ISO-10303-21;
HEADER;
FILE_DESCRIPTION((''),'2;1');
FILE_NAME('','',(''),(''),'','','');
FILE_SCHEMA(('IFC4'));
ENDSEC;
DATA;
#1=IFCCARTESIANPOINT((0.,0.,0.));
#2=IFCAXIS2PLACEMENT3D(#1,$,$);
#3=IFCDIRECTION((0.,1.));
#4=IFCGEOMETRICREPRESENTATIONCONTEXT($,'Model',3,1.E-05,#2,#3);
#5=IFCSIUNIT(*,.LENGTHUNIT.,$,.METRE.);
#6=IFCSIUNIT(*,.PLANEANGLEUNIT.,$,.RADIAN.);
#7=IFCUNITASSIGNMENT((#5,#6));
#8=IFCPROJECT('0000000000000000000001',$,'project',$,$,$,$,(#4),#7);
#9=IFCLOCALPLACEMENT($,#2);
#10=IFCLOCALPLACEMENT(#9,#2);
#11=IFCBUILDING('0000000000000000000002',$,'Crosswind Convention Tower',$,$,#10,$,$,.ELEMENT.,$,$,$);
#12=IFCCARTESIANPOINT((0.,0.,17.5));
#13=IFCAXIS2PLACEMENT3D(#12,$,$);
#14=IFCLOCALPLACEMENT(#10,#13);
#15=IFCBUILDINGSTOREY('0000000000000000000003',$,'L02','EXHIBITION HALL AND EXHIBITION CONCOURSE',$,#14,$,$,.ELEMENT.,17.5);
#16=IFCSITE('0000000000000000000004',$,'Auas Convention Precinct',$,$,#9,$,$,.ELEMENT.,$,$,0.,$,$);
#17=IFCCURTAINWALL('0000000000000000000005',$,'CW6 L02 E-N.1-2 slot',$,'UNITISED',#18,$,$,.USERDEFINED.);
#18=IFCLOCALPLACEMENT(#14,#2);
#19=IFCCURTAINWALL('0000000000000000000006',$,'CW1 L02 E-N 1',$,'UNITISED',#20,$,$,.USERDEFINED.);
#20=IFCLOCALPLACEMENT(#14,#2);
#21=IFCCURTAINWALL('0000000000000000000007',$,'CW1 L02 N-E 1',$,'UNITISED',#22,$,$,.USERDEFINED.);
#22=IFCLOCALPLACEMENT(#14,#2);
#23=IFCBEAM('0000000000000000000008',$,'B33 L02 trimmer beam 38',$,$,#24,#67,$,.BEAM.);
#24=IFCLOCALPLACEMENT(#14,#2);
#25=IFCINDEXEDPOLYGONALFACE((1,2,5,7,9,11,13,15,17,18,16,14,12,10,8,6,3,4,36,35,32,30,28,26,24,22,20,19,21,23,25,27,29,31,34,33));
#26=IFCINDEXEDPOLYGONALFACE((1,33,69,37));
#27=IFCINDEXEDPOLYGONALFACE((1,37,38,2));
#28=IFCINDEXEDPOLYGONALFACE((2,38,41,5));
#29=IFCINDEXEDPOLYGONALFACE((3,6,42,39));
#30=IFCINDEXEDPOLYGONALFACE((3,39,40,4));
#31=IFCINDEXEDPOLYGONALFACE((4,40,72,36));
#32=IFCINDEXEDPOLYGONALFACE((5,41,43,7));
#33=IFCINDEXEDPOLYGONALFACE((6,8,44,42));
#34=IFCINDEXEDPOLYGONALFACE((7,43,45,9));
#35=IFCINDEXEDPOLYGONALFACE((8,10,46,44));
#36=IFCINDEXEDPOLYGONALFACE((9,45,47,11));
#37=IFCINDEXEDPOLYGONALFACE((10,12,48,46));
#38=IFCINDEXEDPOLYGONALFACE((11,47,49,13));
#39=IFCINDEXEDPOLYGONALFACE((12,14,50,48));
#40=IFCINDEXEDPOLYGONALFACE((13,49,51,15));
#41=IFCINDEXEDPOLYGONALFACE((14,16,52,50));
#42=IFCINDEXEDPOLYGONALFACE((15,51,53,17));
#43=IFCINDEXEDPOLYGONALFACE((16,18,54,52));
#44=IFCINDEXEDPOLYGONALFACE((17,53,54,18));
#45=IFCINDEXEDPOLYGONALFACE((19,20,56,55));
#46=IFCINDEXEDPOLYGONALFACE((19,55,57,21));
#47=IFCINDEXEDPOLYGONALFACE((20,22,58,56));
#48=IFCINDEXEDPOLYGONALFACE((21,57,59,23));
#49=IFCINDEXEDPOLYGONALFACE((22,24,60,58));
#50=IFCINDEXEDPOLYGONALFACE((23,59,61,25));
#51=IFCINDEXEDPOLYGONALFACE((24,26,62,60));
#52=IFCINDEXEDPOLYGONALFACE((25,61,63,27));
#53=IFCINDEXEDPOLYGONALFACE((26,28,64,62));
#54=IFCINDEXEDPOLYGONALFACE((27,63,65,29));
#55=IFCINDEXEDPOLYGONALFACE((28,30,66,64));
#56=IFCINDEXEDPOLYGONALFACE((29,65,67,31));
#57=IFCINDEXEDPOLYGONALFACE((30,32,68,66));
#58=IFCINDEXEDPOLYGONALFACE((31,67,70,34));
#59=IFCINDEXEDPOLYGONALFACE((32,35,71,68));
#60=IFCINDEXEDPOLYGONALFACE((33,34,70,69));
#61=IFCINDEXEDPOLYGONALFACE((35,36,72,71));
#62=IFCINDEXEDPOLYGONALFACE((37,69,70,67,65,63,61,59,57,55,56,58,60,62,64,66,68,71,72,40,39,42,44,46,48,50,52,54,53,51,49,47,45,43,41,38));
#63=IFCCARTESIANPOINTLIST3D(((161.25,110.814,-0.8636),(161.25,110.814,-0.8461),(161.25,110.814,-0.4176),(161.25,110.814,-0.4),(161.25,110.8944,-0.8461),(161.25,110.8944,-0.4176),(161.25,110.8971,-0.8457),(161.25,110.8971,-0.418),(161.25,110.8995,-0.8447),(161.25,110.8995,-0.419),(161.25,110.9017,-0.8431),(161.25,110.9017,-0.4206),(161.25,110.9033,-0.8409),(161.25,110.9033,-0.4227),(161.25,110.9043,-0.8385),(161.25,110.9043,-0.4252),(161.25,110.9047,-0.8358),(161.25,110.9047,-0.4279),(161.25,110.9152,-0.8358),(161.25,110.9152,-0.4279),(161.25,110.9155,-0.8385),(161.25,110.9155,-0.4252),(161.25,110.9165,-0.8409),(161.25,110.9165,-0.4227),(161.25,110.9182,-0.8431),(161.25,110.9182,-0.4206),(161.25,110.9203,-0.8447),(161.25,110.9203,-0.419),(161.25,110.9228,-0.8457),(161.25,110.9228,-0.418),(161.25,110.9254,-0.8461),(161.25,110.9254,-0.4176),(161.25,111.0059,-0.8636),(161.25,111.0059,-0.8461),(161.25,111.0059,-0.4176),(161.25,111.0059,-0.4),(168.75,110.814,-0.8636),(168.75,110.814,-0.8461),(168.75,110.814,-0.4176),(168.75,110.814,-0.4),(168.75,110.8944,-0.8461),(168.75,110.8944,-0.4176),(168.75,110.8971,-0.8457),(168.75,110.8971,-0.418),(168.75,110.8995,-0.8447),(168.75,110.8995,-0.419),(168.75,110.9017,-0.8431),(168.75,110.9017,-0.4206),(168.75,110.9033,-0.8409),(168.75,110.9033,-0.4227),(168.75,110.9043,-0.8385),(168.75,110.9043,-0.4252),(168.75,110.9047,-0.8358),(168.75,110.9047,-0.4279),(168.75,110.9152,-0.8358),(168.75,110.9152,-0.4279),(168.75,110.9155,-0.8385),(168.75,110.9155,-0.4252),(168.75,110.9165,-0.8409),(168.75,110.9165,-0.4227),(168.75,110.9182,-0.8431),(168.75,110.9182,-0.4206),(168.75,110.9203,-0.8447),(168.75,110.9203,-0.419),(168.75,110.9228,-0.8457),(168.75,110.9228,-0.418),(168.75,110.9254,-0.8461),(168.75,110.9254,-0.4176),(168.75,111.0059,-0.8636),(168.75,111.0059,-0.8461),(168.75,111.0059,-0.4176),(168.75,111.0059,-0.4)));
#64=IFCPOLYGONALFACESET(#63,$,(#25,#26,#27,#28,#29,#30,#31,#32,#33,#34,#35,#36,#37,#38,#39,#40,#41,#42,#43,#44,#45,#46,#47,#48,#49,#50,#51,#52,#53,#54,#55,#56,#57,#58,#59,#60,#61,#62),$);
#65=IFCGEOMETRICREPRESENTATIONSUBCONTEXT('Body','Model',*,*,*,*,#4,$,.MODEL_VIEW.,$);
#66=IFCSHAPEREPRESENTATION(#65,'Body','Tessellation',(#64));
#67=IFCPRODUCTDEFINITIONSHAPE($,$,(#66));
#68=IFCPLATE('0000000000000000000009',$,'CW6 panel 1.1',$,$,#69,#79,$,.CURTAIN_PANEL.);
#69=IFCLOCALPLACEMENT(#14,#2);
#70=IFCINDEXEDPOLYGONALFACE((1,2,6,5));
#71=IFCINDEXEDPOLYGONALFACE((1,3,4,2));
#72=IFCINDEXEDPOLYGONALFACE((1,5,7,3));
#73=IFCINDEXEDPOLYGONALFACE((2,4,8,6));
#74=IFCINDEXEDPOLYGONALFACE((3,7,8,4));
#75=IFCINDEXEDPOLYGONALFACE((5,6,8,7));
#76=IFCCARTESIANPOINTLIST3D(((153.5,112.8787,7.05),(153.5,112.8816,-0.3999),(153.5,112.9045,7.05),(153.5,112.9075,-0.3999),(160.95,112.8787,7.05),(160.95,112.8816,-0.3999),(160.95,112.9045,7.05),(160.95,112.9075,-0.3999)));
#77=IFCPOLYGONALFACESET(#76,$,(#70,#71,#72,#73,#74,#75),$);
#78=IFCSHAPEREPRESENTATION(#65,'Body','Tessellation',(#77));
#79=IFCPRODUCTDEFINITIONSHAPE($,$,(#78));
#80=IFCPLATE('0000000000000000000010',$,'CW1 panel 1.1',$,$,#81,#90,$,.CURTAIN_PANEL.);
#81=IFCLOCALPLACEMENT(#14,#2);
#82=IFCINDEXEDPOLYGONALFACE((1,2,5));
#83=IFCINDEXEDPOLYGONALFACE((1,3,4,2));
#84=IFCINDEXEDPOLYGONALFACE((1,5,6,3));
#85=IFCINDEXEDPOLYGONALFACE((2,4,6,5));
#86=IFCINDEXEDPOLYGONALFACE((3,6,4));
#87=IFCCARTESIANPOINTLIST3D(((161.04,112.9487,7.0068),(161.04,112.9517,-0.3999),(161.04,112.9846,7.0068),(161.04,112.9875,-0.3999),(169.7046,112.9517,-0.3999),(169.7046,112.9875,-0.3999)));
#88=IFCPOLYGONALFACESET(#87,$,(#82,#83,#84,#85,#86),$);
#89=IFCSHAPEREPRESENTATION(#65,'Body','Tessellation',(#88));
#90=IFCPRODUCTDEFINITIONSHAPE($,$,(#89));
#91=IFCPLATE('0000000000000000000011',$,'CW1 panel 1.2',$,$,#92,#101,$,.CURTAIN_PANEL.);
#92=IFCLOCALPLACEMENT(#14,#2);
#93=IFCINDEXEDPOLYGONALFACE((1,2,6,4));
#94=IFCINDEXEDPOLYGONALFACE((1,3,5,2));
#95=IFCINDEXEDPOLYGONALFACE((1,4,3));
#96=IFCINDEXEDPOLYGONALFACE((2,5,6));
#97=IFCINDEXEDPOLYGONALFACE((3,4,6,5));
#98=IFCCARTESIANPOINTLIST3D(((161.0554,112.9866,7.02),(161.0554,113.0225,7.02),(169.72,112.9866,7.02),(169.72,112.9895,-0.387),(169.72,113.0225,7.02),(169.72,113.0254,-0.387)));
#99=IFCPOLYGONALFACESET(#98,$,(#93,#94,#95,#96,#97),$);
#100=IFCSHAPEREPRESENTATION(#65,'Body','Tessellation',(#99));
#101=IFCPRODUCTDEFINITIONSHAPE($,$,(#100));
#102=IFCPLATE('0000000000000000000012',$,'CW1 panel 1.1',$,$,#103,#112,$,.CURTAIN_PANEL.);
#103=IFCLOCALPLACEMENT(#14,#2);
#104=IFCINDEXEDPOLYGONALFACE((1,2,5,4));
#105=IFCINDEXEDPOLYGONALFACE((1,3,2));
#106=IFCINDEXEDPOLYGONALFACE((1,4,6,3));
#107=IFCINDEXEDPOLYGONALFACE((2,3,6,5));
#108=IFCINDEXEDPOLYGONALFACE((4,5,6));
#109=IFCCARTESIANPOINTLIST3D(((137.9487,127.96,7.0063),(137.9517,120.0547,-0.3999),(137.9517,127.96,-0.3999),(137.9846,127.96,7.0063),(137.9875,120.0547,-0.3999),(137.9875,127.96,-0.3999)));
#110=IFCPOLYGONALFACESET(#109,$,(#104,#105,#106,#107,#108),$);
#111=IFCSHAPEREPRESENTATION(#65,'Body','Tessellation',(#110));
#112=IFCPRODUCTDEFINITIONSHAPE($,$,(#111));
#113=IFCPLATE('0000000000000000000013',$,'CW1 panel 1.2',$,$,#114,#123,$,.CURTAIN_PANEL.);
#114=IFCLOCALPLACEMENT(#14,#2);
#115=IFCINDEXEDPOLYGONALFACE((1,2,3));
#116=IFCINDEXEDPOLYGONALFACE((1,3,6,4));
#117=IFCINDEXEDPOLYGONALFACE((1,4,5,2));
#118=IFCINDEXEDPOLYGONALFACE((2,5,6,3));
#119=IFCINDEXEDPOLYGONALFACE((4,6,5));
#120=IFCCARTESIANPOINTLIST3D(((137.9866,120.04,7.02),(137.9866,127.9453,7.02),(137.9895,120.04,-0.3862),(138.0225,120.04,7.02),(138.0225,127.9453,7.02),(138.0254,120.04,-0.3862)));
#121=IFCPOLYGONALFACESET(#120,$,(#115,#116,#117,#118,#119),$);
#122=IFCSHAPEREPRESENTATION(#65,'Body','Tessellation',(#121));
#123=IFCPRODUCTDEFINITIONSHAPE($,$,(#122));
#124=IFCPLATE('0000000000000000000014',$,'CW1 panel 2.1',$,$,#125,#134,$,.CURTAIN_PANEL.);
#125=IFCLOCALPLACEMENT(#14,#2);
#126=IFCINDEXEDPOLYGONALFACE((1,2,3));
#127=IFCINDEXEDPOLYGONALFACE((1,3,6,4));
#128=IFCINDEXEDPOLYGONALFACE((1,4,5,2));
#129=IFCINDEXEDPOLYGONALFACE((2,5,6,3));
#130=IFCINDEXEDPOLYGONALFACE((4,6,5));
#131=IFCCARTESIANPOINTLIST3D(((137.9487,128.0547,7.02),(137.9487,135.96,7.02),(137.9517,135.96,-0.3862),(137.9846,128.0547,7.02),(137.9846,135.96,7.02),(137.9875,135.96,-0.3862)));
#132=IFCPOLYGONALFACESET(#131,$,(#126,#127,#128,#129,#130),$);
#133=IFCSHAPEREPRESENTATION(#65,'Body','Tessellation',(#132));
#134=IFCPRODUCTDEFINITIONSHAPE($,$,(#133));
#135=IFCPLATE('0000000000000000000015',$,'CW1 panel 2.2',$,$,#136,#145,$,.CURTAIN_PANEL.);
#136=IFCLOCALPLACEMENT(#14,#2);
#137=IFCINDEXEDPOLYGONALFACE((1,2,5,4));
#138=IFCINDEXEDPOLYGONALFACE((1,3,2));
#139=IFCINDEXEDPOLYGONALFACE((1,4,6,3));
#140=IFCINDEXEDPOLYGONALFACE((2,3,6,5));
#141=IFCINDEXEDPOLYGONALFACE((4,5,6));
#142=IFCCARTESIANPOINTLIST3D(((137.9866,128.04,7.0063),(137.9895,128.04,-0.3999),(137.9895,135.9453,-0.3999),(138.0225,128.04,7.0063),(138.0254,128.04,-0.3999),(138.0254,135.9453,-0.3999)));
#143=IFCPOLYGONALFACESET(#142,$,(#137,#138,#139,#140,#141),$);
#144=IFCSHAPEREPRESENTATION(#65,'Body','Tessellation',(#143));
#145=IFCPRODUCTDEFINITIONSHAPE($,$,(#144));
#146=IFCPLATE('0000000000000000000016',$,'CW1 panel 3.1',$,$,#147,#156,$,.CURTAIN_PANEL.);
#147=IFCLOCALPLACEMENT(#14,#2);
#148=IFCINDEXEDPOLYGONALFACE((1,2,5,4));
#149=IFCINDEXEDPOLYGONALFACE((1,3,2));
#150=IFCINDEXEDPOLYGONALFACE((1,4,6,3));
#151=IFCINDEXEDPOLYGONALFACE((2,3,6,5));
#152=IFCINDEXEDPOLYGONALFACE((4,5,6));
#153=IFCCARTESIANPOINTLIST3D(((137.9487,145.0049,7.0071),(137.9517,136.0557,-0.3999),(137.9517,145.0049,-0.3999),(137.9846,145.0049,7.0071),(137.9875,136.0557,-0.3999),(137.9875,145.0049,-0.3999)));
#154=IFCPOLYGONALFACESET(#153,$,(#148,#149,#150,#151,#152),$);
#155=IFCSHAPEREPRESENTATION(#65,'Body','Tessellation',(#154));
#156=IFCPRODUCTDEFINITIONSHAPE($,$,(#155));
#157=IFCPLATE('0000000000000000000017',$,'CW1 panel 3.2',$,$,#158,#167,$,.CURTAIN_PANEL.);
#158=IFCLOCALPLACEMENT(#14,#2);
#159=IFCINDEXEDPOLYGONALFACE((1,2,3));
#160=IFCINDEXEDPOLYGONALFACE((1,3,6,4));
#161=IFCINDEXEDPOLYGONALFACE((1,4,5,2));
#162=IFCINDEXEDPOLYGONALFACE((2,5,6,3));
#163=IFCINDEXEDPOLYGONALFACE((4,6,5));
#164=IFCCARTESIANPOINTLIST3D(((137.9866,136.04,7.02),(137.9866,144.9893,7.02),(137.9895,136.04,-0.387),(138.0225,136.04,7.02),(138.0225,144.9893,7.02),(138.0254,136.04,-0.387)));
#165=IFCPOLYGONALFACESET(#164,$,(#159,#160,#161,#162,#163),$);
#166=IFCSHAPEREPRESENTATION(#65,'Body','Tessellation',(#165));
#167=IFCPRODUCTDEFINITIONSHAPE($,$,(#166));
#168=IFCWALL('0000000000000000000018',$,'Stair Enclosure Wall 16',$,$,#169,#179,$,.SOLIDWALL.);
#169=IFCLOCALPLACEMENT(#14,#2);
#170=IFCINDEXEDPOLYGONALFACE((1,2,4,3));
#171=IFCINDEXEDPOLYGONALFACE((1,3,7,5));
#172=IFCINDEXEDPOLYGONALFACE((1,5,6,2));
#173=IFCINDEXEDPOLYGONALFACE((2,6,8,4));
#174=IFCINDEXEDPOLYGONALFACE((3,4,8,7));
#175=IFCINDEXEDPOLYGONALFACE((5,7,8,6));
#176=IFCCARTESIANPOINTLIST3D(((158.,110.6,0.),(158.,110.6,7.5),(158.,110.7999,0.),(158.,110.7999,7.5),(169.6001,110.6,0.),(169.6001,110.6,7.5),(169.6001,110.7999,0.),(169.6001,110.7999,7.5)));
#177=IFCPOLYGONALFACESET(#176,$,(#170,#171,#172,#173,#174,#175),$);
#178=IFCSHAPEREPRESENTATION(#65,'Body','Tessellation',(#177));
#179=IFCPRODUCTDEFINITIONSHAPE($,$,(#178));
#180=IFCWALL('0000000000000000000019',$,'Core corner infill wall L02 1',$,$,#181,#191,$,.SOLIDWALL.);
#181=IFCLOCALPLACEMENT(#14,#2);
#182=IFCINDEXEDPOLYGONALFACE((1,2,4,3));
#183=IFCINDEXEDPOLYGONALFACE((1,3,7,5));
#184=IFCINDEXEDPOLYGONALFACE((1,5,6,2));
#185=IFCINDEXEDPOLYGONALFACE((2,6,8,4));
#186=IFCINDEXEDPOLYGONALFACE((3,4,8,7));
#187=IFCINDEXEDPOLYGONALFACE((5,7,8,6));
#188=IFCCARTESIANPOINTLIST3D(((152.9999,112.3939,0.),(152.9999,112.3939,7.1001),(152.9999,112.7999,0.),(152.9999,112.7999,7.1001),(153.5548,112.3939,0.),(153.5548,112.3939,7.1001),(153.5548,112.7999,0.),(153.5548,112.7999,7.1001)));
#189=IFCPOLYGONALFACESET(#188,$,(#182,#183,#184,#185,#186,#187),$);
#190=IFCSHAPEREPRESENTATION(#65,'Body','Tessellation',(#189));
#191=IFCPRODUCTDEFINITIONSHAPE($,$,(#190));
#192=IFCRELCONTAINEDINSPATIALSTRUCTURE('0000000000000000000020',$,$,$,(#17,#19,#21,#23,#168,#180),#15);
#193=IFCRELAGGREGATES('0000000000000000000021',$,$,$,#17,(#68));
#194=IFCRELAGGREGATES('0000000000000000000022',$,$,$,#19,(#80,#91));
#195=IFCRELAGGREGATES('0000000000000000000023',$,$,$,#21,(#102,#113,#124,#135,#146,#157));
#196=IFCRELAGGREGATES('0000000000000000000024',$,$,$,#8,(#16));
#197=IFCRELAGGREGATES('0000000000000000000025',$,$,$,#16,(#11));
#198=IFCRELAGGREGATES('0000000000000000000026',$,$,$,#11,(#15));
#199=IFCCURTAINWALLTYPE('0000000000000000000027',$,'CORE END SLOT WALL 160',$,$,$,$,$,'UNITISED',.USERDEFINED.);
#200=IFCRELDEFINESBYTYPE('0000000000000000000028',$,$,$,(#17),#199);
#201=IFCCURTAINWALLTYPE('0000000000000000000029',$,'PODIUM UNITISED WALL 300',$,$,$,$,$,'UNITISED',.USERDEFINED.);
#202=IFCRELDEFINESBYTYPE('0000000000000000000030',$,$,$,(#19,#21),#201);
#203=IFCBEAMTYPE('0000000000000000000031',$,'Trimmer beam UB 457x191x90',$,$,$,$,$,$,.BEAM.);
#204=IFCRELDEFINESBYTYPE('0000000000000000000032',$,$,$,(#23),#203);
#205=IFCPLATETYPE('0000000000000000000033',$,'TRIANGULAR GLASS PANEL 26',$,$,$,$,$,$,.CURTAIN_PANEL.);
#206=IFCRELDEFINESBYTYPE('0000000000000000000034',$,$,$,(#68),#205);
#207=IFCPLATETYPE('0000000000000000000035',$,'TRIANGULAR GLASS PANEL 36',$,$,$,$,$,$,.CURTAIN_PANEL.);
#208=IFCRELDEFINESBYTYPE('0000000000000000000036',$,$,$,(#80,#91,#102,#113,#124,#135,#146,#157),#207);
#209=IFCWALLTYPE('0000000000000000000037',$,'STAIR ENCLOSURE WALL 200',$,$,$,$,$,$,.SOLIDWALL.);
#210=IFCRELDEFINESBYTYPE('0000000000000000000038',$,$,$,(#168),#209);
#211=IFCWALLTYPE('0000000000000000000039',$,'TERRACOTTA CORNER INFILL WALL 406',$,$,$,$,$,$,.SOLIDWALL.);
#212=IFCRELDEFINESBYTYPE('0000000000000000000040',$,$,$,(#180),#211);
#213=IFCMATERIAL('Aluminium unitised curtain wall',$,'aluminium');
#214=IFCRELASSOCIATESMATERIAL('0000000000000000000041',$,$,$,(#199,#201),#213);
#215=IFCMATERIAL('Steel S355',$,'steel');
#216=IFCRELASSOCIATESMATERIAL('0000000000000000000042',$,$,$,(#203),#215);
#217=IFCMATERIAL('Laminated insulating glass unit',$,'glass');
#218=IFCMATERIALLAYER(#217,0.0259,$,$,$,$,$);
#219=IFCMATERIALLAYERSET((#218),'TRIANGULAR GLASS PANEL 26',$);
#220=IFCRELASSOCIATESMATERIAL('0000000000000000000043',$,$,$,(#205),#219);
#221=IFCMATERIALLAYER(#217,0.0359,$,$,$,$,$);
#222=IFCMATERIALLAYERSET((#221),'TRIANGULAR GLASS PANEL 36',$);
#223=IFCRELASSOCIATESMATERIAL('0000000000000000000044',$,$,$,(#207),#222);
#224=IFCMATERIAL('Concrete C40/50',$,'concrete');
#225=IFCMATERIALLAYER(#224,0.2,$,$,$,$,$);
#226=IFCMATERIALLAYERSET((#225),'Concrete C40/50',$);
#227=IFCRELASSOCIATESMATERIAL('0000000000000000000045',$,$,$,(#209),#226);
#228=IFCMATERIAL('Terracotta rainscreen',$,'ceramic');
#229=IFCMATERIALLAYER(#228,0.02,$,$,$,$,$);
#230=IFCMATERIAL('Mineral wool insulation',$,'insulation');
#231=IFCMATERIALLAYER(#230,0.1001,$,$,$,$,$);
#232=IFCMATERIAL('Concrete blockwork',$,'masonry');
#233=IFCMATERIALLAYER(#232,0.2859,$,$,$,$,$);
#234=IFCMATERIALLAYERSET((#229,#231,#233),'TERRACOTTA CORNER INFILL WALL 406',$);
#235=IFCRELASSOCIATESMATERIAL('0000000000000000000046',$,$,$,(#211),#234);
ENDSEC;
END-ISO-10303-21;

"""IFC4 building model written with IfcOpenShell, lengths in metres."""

from ifc_helpers import new_model, si_unit, direction, frame, frame_2d, origin, origin_2d, place, context, subcontext, project, spatial, polyline, rectangle, i_section, outline, extrude, material, layer, layer_set, material_profile, profile_set, type_object, element, aggregate, save


model = new_model("IFC4")

# Units and contexts
model_context = context("Model", 3, precision=1e-05, world=origin(), true_north=direction((0.0, 1.0)))
body_context = subcontext(model_context, "Body", "Model", "MODEL_VIEW")
ifc_project = project(units=[si_unit("LENGTHUNIT", "METRE"), si_unit("PLANEANGLEUNIT", "RADIAN")], contexts=[model_context])

# Site, building, storey
site_placement = place(None, origin())
site = spatial("IfcSite", under=ifc_project, at=site_placement, Name="Auas Convention Precinct", CompositionType="ELEMENT", RefElevation=0.0)
building_placement = place(site_placement, origin())
building = spatial("IfcBuilding", under=site, at=building_placement, Name="Crosswind Convention Tower", CompositionType="ELEMENT")
storey_placement = place(building_placement, frame((0.0, 0.0, 17.5)))
storey = spatial("IfcBuildingStorey", under=building, at=storey_placement, Name="L02", Description="EXHIBITION HALL AND EXHIBITION CONCOURSE", CompositionType="ELEMENT", Elevation=17.5)

# Shared definitions
ifc_material_1 = material(Name="Steel S355", Category="steel")

# Curtain walls
ifc_material_2 = material(Name="Aluminium unitised curtain wall", Category="aluminium")
curtain_wall_type_1 = type_object("IfcCurtainWallType", Name="CORE END SLOT WALL 160", ElementType="UNITISED", PredefinedType="USERDEFINED", material=ifc_material_2)
curtain_wall_1_placement = place(storey_placement, origin())
curtain_wall_1 = element("IfcCurtainWall", 1, at=curtain_wall_1_placement, inside=storey, type_object=curtain_wall_type_1, Name="CW6 L02 E-N.1-2 slot", ObjectType="UNITISED", PredefinedType="USERDEFINED")
curtain_wall_type_2 = type_object("IfcCurtainWallType", Name="PODIUM UNITISED WALL 300", ElementType="UNITISED", PredefinedType="USERDEFINED", material=ifc_material_2)
curtain_wall_2_placement = place(storey_placement, origin())
curtain_wall_2 = element("IfcCurtainWall", 2, at=curtain_wall_2_placement, inside=storey, type_object=curtain_wall_type_2, Name="CW1 L02 E-N 1", ObjectType="UNITISED", PredefinedType="USERDEFINED")
curtain_wall_3_placement = place(storey_placement, origin())
curtain_wall_3 = element("IfcCurtainWall", 3, at=curtain_wall_3_placement, inside=storey, type_object=curtain_wall_type_2, Name="CW1 L02 N-E 1", ObjectType="UNITISED", PredefinedType="USERDEFINED")

# Beam
ifc_material_profile_1 = material_profile(ifc_material_1, i_section(OverallWidth=0.1919, OverallDepth=0.4636, WebThickness=0.0105, FlangeThickness=0.0176, FilletRadius=0.0103, at=origin_2d()), Name="UB 457x191x90")
ifc_profile_set_1 = profile_set([ifc_material_profile_1], Name="Steel S355")
beam_type_1 = type_object("IfcBeamType", Name="Trimmer beam UB 457x191x90", PredefinedType="BEAM", material=ifc_profile_set_1)
beam_1_placement = place(storey_placement, frame((161.25, 110.9099, -0.6318), z_axis=(1.0, 0.0, 0.0), x_axis=(0.0, 1.0, 0.0)))
element("IfcBeam", 4, at=beam_1_placement, inside=storey, type_object=beam_type_1, Name="B33 L02 trimmer beam 38", PredefinedType="BEAM", context=body_context, shape_type="SweptSolid", body=[
    extrude(i_section(OverallWidth=0.1919, OverallDepth=0.4636, WebThickness=0.0105, FlangeThickness=0.0176, FilletRadius=0.0103, at=origin_2d()), origin(), (0.0, 0.0, 1.0), 7.5),
])

# Plates
ifc_material_3 = material(Name="Laminated insulating glass unit", Category="glass")
ifc_layer_1 = layer(ifc_material_3, 0.0259)
ifc_layer_set_1 = layer_set([ifc_layer_1], Name="TRIANGULAR GLASS PANEL 26")
plate_type_1 = type_object("IfcPlateType", Name="TRIANGULAR GLASS PANEL 26", PredefinedType="CURTAIN_PANEL", material=ifc_layer_set_1)
plate_1_placement = place(storey_placement, frame((160.95, 112.9075, -0.3999), z_axis=(0.0, 1.0, 0.000393), x_axis=(-1.0, 0.0, 0.0)))
plate_1 = element("IfcPlate", 5, at=plate_1_placement, type_object=plate_type_1, Name="CW6 panel 1.1", PredefinedType="CURTAIN_PANEL", context=body_context, shape_type="SweptSolid", body=[
    extrude(outline(polyline([(0.0, 0.0), (7.45, 0.0), (7.45, 7.45), (0.0, 7.45), (0.0, 0.0)])), origin(), (0.0, 0.0, -1.0), 0.0259),
])
aggregate(curtain_wall_1, [plate_1])
ifc_layer_2 = layer(ifc_material_3, 0.0359)
ifc_layer_set_2 = layer_set([ifc_layer_2], Name="TRIANGULAR GLASS PANEL 36")
plate_type_2 = type_object("IfcPlateType", Name="TRIANGULAR GLASS PANEL 36", PredefinedType="CURTAIN_PANEL", material=ifc_layer_set_2)
plate_2_placement = place(storey_placement, frame((161.04, 112.9875, -0.3999), z_axis=(0.0, 1.0, 0.000396), x_axis=(0.0, -0.000396, 1.0)))
plate_2 = element("IfcPlate", 6, at=plate_2_placement, type_object=plate_type_2, Name="CW1 panel 1.1", PredefinedType="CURTAIN_PANEL", context=body_context, shape_type="SweptSolid", body=[
    extrude(outline(polyline([(0.0, 0.0), (7.4067, 0.0), (0.0, 8.6646), (0.0, 0.0)])), origin(), (0.0, 0.0, -1.0), 0.0359),
])
plate_3_placement = place(storey_placement, frame((169.72, 113.0225, 7.02), z_axis=(0.0, 1.0, 0.000396), x_axis=(0.0, 0.000396, -1.0)))
plate_3 = element("IfcPlate", 7, at=plate_3_placement, type_object=plate_type_2, Name="CW1 panel 1.2", PredefinedType="CURTAIN_PANEL", context=body_context, shape_type="SweptSolid", body=[
    extrude(outline(polyline([(0.0, 0.0), (7.407, 0.0), (0.0, 8.6646), (0.0, 0.0)])), origin(), (0.0, 0.0, -1.0), 0.0359),
])
plate_4_placement = place(storey_placement, frame((137.9875, 127.96, -0.3999), z_axis=(1.0, 0.0, 0.000396), x_axis=(-0.000396, 0.0, 1.0)))
plate_4 = element("IfcPlate", 8, at=plate_4_placement, type_object=plate_type_2, Name="CW1 panel 1.1", PredefinedType="CURTAIN_PANEL", context=body_context, shape_type="SweptSolid", body=[
    extrude(outline(polyline([(0.0, 0.0), (7.4063, 0.0), (0.0, 7.9053), (0.0, 0.0)])), origin(), (0.0, 0.0, -1.0), 0.0359),
])
plate_5_placement = place(storey_placement, frame((138.0225, 120.04, 7.02), z_axis=(1.0, 0.0, 0.000396), x_axis=(0.000396, 0.0, -1.0)))
plate_5 = element("IfcPlate", 9, at=plate_5_placement, type_object=plate_type_2, Name="CW1 panel 1.2", PredefinedType="CURTAIN_PANEL", context=body_context, shape_type="SweptSolid", body=[
    extrude(outline(polyline([(0.0, 0.0), (7.4063, 0.0), (0.0, 7.9053), (0.0, 0.0)])), origin(), (0.0, 0.0, -1.0), 0.0359),
])
plate_6_placement = place(storey_placement, frame((137.9846, 135.96, 7.02), z_axis=(1.0, 0.0, 0.000396), x_axis=(0.0, -1.0, 0.0)))
plate_6 = element("IfcPlate", 10, at=plate_6_placement, type_object=plate_type_2, Name="CW1 panel 2.1", PredefinedType="CURTAIN_PANEL", context=body_context, shape_type="SweptSolid", body=[
    extrude(outline(polyline([(0.0, 0.0), (7.9053, 0.0), (0.0, 7.4063), (0.0, 0.0)])), origin(), (0.0, 0.0, -1.0), 0.0359),
])
plate_7_placement = place(storey_placement, frame((138.0254, 128.04, -0.3999), z_axis=(1.0, 0.0, 0.000396), x_axis=(0.0, 1.0, 0.0)))
plate_7 = element("IfcPlate", 11, at=plate_7_placement, type_object=plate_type_2, Name="CW1 panel 2.2", PredefinedType="CURTAIN_PANEL", context=body_context, shape_type="SweptSolid", body=[
    extrude(outline(polyline([(0.0, 0.0), (7.9053, 0.0), (0.0, 7.4063), (0.0, 0.0)])), origin(), (0.0, 0.0, -1.0), 0.0359),
])
plate_8_placement = place(storey_placement, frame((137.9875, 145.0049, -0.3999), z_axis=(1.0, 0.0, 0.000396), x_axis=(-0.000396, 0.0, 1.0)))
plate_8 = element("IfcPlate", 12, at=plate_8_placement, type_object=plate_type_2, Name="CW1 panel 3.1", PredefinedType="CURTAIN_PANEL", context=body_context, shape_type="SweptSolid", body=[
    extrude(outline(polyline([(0.0, 0.0), (7.407, 0.0), (0.0, 8.9492), (0.0, 0.0)])), origin(), (0.0, 0.0, -1.0), 0.0359),
])
plate_9_placement = place(storey_placement, frame((138.0225, 136.04, 7.02), z_axis=(1.0, 0.0, 0.000396), x_axis=(0.000396, 0.0, -1.0)))
plate_9 = element("IfcPlate", 13, at=plate_9_placement, type_object=plate_type_2, Name="CW1 panel 3.2", PredefinedType="CURTAIN_PANEL", context=body_context, shape_type="SweptSolid", body=[
    extrude(outline(polyline([(0.0, 0.0), (7.407, 0.0), (0.0, 8.9492), (0.0, 0.0)])), origin(), (0.0, 0.0, -1.0), 0.0359),
])

# Walls
ifc_material_4 = material(Name="Concrete C40/50", Category="concrete")
ifc_layer_3 = layer(ifc_material_4, 0.2)
ifc_layer_set_3 = layer_set([ifc_layer_3], Name="Concrete C40/50")
wall_type_1 = type_object("IfcWallType", Name="STAIR ENCLOSURE WALL 200", PredefinedType="SOLIDWALL", material=ifc_layer_set_3)
wall_1_placement = place(storey_placement, frame((158.0, 110.7, 0.0), z_axis=(0.0, 0.0, 1.0), x_axis=(1.0, 0.0, 0.0)))
element("IfcWall", 14, at=wall_1_placement, inside=storey, type_object=wall_type_1, Name="Stair Enclosure Wall 16", PredefinedType="SOLIDWALL", context=body_context, shape_type="SweptSolid", body=[
    extrude(rectangle(XDim=11.6001, YDim=0.2, at=frame_2d((5.8, 0.0))), origin(), (0.0, 0.0, 1.0), 7.5),
])
ifc_material_5 = material(Name="Terracotta rainscreen", Category="ceramic")
ifc_layer_4 = layer(ifc_material_5, 0.02)
ifc_material_6 = material(Name="Mineral wool insulation", Category="insulation")
ifc_layer_5 = layer(ifc_material_6, 0.1001)
ifc_material_7 = material(Name="Concrete blockwork", Category="masonry")
ifc_layer_6 = layer(ifc_material_7, 0.2859)
ifc_layer_set_4 = layer_set([ifc_layer_4, ifc_layer_5, ifc_layer_6], Name="TERRACOTTA CORNER INFILL WALL 406")
wall_type_2 = type_object("IfcWallType", Name="TERRACOTTA CORNER INFILL WALL 406", PredefinedType="SOLIDWALL", material=ifc_layer_set_4)
wall_2_placement = place(storey_placement, frame((153.0, 112.5969, 0.0), z_axis=(0.0, 0.0, 1.0), x_axis=(1.0, 0.0, 0.0)))
element("IfcWall", 15, at=wall_2_placement, inside=storey, type_object=wall_type_2, Name="Core corner infill wall L02 1", PredefinedType="SOLIDWALL", context=body_context, shape_type="SweptSolid", body=[
    extrude(rectangle(XDim=0.5549, YDim=0.406, at=frame_2d((0.2773, 0.0))), origin(), (0.0, 0.0, 1.0), 7.1001),
])

aggregate(curtain_wall_2, [plate_2, plate_3])
aggregate(curtain_wall_3, [plate_4, plate_5, plate_6, plate_7, plate_8, plate_9])

save(model, "model.ifc")
